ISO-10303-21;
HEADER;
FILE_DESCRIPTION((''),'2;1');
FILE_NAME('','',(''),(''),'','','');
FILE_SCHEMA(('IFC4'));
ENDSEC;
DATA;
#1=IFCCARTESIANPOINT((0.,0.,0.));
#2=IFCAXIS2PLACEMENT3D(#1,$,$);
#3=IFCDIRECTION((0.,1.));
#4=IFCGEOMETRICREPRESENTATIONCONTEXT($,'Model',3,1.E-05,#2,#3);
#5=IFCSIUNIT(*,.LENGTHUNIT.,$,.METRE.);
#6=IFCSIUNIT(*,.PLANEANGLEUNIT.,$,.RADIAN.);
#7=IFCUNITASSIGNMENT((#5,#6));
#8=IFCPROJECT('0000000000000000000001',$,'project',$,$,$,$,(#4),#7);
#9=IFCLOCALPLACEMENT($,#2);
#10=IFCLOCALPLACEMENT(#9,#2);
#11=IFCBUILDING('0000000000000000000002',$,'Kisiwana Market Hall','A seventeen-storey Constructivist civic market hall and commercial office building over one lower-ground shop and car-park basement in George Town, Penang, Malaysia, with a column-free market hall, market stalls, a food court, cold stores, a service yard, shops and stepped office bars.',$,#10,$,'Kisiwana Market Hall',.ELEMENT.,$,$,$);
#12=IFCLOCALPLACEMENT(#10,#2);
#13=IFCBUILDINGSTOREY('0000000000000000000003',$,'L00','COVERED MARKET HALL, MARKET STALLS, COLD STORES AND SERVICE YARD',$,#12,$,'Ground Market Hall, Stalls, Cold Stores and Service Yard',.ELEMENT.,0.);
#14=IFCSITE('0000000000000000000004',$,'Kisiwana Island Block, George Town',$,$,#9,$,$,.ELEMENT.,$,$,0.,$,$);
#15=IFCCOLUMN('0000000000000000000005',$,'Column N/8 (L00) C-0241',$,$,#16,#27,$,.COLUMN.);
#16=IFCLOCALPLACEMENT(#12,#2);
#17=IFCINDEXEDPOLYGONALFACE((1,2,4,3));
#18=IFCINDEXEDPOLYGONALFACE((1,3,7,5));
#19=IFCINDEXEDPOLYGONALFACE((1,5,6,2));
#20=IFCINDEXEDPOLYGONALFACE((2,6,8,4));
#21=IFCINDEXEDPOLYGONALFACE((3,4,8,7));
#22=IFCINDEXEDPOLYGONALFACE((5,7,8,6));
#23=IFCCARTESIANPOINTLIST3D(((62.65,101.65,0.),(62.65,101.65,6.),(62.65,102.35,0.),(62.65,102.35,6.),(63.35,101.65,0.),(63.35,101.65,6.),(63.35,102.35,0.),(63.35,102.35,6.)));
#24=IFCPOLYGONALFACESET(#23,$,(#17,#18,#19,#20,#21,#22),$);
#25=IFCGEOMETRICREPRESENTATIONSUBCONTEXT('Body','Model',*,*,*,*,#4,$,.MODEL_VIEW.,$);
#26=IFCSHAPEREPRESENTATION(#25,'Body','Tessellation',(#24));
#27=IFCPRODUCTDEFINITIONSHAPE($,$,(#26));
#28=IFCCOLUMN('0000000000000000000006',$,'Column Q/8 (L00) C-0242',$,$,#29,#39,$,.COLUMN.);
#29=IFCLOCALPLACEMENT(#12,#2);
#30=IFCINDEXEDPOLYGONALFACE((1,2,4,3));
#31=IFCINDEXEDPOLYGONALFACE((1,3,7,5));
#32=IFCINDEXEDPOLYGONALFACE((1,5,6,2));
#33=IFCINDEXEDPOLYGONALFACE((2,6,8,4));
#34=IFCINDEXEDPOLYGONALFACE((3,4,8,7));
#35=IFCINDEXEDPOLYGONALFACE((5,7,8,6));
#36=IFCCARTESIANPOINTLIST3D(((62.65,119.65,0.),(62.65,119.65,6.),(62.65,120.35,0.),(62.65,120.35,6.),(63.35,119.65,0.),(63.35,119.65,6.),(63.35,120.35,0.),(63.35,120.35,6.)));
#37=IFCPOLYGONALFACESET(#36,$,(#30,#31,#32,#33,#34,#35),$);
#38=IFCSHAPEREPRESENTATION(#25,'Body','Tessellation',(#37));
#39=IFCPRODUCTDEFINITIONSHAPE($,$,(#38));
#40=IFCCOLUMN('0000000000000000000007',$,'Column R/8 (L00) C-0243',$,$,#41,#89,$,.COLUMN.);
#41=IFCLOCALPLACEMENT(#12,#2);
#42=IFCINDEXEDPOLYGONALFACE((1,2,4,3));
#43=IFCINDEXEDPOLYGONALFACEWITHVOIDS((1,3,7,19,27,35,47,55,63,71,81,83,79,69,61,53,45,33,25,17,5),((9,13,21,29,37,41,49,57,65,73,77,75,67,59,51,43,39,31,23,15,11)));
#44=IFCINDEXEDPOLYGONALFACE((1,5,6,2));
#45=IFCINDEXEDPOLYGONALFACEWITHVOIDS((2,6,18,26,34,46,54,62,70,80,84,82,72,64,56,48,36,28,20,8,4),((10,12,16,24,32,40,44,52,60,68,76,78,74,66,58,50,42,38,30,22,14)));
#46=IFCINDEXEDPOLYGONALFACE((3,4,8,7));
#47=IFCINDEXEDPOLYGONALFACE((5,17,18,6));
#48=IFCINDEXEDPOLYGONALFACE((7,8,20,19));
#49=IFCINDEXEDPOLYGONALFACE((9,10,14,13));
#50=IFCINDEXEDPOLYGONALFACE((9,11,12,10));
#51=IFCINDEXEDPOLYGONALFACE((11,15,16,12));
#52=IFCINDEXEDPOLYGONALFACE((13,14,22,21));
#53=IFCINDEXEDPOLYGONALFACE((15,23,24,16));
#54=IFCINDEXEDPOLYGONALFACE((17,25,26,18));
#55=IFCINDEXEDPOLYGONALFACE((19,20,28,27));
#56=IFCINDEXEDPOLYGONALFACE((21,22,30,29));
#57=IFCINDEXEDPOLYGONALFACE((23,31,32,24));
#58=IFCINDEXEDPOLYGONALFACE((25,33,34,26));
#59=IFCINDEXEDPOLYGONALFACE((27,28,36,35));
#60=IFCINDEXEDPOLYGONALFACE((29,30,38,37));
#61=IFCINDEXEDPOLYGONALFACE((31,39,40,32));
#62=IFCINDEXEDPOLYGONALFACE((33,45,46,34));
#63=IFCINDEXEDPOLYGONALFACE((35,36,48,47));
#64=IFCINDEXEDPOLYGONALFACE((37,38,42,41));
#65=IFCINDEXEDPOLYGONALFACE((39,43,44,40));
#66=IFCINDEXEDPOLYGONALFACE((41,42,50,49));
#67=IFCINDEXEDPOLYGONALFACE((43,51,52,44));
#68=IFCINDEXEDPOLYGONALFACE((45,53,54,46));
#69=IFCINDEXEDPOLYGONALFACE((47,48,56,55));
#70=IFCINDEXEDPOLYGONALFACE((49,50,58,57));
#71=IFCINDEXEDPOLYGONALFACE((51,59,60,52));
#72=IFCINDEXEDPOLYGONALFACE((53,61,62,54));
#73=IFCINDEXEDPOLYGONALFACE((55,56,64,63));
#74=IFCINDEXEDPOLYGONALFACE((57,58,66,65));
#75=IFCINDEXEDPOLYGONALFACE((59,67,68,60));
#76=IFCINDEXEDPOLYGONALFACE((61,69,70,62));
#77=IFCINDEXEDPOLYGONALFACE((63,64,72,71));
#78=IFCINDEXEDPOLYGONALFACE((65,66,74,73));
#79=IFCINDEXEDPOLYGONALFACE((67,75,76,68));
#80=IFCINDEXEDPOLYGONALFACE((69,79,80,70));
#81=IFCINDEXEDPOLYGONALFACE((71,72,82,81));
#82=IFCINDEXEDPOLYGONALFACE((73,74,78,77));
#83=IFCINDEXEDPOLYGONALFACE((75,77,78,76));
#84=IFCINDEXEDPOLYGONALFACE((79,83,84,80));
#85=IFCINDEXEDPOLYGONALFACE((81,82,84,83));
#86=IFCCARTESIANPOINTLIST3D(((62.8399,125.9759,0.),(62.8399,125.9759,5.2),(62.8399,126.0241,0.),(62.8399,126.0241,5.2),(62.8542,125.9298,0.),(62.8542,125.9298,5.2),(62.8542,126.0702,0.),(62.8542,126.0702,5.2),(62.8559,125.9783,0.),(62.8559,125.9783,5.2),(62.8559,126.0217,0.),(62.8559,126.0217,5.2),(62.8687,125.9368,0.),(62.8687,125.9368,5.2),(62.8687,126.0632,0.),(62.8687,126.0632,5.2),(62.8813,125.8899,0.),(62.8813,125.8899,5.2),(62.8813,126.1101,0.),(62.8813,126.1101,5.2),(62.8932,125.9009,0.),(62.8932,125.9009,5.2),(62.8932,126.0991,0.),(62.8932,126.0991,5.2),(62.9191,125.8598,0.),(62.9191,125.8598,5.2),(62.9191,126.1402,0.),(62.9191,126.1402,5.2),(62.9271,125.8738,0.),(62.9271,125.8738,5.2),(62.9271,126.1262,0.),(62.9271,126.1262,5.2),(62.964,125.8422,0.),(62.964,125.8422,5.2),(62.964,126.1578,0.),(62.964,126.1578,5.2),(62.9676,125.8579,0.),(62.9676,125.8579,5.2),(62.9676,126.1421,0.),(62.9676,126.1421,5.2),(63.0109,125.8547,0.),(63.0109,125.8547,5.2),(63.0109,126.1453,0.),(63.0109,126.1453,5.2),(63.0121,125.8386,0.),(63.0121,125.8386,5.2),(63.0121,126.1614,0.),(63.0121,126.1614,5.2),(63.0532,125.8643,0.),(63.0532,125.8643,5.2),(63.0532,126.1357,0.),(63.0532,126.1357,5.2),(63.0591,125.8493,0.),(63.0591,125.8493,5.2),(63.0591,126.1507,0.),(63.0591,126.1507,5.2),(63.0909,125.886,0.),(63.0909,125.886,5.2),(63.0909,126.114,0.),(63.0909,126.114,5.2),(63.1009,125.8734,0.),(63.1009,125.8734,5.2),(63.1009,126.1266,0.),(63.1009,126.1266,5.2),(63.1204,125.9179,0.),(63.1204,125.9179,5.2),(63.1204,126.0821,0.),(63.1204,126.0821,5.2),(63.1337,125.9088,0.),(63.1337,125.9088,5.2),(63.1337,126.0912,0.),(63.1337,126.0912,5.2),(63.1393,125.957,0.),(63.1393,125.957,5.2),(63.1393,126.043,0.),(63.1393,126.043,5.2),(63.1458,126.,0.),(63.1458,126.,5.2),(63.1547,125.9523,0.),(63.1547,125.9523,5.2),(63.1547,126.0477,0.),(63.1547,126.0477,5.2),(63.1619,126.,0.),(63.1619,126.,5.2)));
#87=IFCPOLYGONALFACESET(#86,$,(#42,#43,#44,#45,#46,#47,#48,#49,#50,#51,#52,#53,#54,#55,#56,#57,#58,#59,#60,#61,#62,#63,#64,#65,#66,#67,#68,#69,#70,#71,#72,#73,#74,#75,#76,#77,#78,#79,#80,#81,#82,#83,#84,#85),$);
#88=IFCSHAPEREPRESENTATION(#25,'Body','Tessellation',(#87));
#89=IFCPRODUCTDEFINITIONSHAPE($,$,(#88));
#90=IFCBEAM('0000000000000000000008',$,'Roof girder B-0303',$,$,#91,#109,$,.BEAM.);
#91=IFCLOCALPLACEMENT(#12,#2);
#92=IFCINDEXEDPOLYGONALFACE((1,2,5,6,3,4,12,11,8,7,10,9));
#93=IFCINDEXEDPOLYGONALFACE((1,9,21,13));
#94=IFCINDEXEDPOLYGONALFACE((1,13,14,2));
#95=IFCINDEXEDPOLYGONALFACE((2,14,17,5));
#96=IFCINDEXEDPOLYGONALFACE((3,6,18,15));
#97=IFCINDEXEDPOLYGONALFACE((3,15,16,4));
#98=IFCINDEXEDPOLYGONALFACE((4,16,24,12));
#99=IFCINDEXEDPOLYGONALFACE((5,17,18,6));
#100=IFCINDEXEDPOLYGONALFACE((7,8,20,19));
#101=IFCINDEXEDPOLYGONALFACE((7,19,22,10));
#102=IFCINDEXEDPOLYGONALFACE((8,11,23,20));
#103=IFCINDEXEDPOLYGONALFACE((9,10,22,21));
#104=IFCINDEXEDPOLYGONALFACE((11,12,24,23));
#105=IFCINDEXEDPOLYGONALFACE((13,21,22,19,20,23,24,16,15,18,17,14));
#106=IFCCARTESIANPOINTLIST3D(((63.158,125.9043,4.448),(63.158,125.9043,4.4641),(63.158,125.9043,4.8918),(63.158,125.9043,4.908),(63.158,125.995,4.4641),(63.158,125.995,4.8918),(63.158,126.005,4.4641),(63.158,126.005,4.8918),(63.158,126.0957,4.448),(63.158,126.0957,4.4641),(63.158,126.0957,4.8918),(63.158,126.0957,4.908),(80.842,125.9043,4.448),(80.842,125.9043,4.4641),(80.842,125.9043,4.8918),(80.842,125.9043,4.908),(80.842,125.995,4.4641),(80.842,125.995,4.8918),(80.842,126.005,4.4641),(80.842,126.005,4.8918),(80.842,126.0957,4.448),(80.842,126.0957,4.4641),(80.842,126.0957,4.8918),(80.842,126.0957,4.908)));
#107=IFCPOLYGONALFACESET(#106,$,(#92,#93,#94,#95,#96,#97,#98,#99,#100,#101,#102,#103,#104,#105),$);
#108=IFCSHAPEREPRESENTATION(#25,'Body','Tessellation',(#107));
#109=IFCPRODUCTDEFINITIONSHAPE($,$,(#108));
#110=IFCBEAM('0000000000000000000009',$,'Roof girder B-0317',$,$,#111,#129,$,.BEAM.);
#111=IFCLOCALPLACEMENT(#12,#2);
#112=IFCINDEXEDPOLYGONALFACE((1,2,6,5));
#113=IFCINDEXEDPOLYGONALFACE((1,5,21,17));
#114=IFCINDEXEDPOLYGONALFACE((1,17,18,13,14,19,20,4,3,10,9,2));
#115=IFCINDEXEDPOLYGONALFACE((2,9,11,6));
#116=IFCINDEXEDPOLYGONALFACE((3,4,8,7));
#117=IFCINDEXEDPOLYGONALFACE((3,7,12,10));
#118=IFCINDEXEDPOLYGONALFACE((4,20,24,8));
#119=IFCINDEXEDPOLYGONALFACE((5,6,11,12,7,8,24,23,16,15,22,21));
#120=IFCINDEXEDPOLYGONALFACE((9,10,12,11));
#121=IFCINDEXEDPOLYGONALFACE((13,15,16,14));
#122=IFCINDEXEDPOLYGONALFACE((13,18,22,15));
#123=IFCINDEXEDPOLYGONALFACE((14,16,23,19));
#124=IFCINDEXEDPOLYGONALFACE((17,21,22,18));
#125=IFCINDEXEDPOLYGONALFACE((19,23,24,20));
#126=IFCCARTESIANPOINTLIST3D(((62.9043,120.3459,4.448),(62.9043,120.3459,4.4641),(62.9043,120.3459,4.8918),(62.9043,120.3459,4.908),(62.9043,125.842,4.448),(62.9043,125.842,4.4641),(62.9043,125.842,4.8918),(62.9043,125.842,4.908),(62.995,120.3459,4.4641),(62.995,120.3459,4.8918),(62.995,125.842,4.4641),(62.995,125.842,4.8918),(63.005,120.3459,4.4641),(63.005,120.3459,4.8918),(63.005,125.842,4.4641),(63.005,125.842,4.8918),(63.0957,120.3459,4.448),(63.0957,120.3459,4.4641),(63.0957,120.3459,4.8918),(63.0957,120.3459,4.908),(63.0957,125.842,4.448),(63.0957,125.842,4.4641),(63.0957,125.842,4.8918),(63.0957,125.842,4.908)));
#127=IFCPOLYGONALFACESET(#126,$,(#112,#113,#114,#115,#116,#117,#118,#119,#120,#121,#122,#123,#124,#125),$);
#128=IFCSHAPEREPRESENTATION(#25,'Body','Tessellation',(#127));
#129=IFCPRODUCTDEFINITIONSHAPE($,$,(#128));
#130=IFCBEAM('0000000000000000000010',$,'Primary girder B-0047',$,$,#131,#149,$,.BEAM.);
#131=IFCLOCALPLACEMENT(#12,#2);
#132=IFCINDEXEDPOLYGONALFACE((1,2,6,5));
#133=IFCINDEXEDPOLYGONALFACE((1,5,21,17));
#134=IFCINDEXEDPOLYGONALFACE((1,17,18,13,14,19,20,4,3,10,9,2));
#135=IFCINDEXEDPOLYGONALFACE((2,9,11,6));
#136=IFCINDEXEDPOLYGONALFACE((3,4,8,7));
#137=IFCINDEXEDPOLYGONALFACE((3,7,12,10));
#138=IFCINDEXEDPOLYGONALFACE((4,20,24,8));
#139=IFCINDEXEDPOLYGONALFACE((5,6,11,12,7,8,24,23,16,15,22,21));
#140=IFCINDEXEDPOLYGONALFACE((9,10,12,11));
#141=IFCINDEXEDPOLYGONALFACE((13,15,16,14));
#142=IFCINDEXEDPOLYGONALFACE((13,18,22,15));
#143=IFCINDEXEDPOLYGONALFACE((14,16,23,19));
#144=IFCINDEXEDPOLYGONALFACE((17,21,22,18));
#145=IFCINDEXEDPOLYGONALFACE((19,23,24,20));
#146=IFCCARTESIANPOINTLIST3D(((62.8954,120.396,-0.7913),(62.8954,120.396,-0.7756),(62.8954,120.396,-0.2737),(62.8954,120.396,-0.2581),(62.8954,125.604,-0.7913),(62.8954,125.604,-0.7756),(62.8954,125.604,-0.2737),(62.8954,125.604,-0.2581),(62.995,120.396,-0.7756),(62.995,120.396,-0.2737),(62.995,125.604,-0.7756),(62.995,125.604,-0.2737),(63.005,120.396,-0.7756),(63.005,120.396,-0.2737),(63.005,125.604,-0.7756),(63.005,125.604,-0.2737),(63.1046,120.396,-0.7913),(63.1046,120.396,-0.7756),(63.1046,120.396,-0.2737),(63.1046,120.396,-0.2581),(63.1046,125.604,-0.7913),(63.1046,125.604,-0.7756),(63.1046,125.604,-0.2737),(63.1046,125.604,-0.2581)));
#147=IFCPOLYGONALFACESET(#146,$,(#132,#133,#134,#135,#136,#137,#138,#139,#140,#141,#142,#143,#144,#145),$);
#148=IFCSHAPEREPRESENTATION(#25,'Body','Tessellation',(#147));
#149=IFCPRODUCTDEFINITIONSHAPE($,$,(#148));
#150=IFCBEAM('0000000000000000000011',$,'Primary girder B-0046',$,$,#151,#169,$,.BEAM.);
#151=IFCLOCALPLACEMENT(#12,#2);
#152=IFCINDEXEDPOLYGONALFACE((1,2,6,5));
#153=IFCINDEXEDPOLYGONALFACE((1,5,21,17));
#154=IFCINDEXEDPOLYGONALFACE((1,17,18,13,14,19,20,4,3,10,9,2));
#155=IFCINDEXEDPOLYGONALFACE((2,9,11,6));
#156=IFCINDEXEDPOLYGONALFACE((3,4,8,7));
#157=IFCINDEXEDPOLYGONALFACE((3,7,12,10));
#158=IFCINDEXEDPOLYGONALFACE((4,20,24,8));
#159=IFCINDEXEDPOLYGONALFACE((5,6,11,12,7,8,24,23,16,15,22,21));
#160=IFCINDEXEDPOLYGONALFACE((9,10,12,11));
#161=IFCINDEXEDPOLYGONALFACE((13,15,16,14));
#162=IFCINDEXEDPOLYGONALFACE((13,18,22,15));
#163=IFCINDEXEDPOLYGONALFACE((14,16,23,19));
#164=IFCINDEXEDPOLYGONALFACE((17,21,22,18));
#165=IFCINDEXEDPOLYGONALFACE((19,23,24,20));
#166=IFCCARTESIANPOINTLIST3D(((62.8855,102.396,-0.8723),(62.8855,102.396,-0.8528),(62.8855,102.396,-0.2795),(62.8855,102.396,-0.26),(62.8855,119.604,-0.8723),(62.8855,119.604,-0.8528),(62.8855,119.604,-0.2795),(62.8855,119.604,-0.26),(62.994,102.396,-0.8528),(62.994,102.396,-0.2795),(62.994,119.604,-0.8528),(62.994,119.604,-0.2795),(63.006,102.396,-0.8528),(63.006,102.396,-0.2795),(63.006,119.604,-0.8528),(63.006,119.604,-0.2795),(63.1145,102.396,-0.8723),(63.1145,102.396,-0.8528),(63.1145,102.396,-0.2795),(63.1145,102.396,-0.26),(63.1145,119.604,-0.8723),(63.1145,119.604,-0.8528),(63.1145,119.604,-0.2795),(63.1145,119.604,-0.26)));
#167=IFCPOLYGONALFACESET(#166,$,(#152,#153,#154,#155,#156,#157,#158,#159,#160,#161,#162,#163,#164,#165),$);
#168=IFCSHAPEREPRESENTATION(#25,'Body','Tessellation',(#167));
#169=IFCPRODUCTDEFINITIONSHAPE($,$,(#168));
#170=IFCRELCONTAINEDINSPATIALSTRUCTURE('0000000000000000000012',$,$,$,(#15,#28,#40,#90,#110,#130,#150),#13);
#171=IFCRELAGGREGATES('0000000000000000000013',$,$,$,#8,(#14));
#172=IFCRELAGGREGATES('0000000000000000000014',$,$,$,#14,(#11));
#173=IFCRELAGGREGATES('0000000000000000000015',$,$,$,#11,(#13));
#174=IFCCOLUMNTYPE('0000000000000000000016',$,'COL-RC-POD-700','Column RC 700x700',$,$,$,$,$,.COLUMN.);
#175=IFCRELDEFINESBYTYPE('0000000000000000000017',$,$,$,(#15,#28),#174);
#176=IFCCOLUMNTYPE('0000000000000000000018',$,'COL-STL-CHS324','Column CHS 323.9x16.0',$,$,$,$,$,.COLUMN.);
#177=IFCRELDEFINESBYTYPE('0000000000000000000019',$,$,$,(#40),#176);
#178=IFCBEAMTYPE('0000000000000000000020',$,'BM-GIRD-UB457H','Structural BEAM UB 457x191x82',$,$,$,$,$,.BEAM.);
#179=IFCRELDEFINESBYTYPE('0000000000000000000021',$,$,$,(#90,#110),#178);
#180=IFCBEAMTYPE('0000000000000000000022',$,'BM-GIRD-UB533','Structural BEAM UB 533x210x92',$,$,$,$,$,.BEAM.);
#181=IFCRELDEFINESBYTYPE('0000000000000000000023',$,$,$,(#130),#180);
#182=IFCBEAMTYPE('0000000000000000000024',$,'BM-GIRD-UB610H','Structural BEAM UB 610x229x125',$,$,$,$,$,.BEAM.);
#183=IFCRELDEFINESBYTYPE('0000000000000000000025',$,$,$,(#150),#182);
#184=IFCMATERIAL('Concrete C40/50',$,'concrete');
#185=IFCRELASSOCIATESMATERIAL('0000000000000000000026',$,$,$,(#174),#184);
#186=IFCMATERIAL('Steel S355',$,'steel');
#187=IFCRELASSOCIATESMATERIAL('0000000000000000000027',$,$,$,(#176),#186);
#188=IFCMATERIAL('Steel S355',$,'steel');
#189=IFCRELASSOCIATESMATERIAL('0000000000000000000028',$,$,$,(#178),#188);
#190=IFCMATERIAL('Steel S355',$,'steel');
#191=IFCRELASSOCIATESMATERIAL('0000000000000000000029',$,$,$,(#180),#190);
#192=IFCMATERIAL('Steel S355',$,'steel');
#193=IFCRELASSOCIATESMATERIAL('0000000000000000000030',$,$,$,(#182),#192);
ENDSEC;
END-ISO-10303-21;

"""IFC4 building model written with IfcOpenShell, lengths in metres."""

from ifc_helpers import new_model, si_unit, direction, frame, origin, origin_2d, place, context, subcontext, project, spatial, rectangle, hollow_circle, i_section, extrude, material, material_profile, profile_set, type_object, element, save


model = new_model("IFC4")

# Units and contexts
model_context = context("Model", 3, precision=1e-05, world=origin(), true_north=direction((0.0, 1.0)))
body_context = subcontext(model_context, "Body", "Model", "MODEL_VIEW")
ifc_project = project(units=[si_unit("LENGTHUNIT", "METRE"), si_unit("PLANEANGLEUNIT", "RADIAN")], contexts=[model_context])

# Site, building, storey
site_placement = place(None, origin())
site = spatial("IfcSite", under=ifc_project, at=site_placement, Name="Kisiwana Island Block, George Town", CompositionType="ELEMENT", RefElevation=0.0)
building_placement = place(site_placement, origin())
building = spatial("IfcBuilding", under=site, at=building_placement, Name="Kisiwana Market Hall", Description="A seventeen-storey Constructivist civic market hall and commercial office building over one lower-ground shop and car-park basement in George Town, Penang, Malaysia, with a column-free market hall, market stalls, a food court, cold stores, a service yard, shops and stepped office bars.", LongName="Kisiwana Market Hall", CompositionType="ELEMENT")
storey_placement = place(building_placement, origin())
storey = spatial("IfcBuildingStorey", under=building, at=storey_placement, Name="L00", Description="COVERED MARKET HALL, MARKET STALLS, COLD STORES AND SERVICE YARD", LongName="Ground Market Hall, Stalls, Cold Stores and Service Yard", CompositionType="ELEMENT", Elevation=0.0)

# Columns
ifc_material_1 = material(Name="Concrete C40/50", Category="concrete")
ifc_material_profile_1 = material_profile(ifc_material_1, rectangle(XDim=0.7, YDim=0.7, at=origin_2d()), Name="RC 700x700")
ifc_profile_set_1 = profile_set([ifc_material_profile_1], Name="Concrete C40/50")
column_type_1 = type_object("IfcColumnType", Name="COL-RC-POD-700", Description="Column RC 700x700", PredefinedType="COLUMN", material=ifc_profile_set_1)
for number, where, z_axis, x_axis, name in (
    (1, (63.0, 102.0, 0.0), (0.0, 0.0, 1.0), (1.0, 0.0, 0.0), "Column N/8 (L00) C-0241"),
    (2, (63.0, 120.0, 0.0), (0.0, 0.0, 1.0), (1.0, 0.0, 0.0), "Column Q/8 (L00) C-0242"),
):
    element("IfcColumn", number, at=place(storey_placement, frame(where, z_axis=z_axis, x_axis=x_axis)), inside=storey, type_object=column_type_1, Name=name, PredefinedType="COLUMN", context=body_context, shape_type="SweptSolid", body=[
        extrude(rectangle(XDim=0.7, YDim=0.7, at=origin_2d()), origin(), (0.0, 0.0, 1.0), 6.0),
    ])
ifc_material_2 = material(Name="Steel S355", Category="steel")
ifc_material_profile_2 = material_profile(ifc_material_2, hollow_circle(Radius=0.1619, WallThickness=0.0161, at=origin_2d()), Name="CHS 323.9x16.0")
ifc_profile_set_2 = profile_set([ifc_material_profile_2], Name="Steel S355")
column_type_2 = type_object("IfcColumnType", Name="COL-STL-CHS324", Description="Column CHS 323.9x16.0", PredefinedType="COLUMN", material=ifc_profile_set_2)
column_placement = place(storey_placement, frame((63.0, 126.0, 0.0), z_axis=(0.0, 0.0, 1.0), x_axis=(1.0, 0.0, 0.0)))
element("IfcColumn", 3, at=column_placement, inside=storey, type_object=column_type_2, Name="Column R/8 (L00) C-0243", PredefinedType="COLUMN", context=body_context, shape_type="SweptSolid", body=[
    extrude(hollow_circle(Radius=0.1619, WallThickness=0.0161, at=origin_2d()), origin(), (0.0, 0.0, 1.0), 5.2),
])

# Beams
ifc_material_3 = material(Name="Steel S355", Category="steel")
ifc_material_profile_3 = material_profile(ifc_material_3, i_section(OverallWidth=0.1914, OverallDepth=0.46, WebThickness=0.01, FlangeThickness=0.0161, at=origin_2d()), Name="UB 457x191x82")
ifc_profile_set_3 = profile_set([ifc_material_profile_3], Name="Steel S355")
beam_type_1 = type_object("IfcBeamType", Name="BM-GIRD-UB457H", Description="Structural BEAM UB 457x191x82", PredefinedType="BEAM", material=ifc_profile_set_3)
beam_1_placement = place(storey_placement, frame((63.158, 126.0, 4.678), z_axis=(1.0, 0.0, 0.0), x_axis=(0.0, 1.0, 0.0)))
element("IfcBeam", 4, at=beam_1_placement, inside=storey, type_object=beam_type_1, Name="Roof girder B-0303", PredefinedType="BEAM", context=body_context, shape_type="SweptSolid", body=[
    extrude(i_section(OverallWidth=0.1914, OverallDepth=0.46, WebThickness=0.01, FlangeThickness=0.0161, at=origin_2d()), origin(), (0.0, 0.0, 1.0), 17.6841),
])
beam_2_placement = place(storey_placement, frame((63.0, 120.3459, 4.678), z_axis=(0.0, 1.0, 0.0), x_axis=(-1.0, 0.0, 0.0)))
element("IfcBeam", 5, at=beam_2_placement, inside=storey, type_object=beam_type_1, Name="Roof girder B-0317", PredefinedType="BEAM", context=body_context, shape_type="SweptSolid", body=[
    extrude(i_section(OverallWidth=0.1914, OverallDepth=0.46, WebThickness=0.01, FlangeThickness=0.0161, at=origin_2d()), origin(), (0.0, 0.0, 1.0), 5.4961),
])
ifc_material_4 = material(Name="Steel S355", Category="steel")
ifc_material_profile_4 = material_profile(ifc_material_4, i_section(OverallWidth=0.2092, OverallDepth=0.5332, WebThickness=0.01, FlangeThickness=0.0156, at=origin_2d()), Name="UB 533x210x92")
ifc_profile_set_4 = profile_set([ifc_material_profile_4], Name="Steel S355")
beam_type_2 = type_object("IfcBeamType", Name="BM-GIRD-UB533", Description="Structural BEAM UB 533x210x92", PredefinedType="BEAM", material=ifc_profile_set_4)
beam_3_placement = place(storey_placement, frame((63.0, 120.396, -0.5247), z_axis=(0.0, 1.0, 0.0), x_axis=(-1.0, 0.0, 0.0)))
element("IfcBeam", 6, at=beam_3_placement, inside=storey, type_object=beam_type_2, Name="Primary girder B-0047", PredefinedType="BEAM", context=body_context, shape_type="SweptSolid", body=[
    extrude(i_section(OverallWidth=0.2092, OverallDepth=0.5332, WebThickness=0.01, FlangeThickness=0.0156, at=origin_2d()), origin(), (0.0, 0.0, 1.0), 5.208),
])
ifc_material_5 = material(Name="Steel S355", Category="steel")
ifc_material_profile_5 = material_profile(ifc_material_5, i_section(OverallWidth=0.229, OverallDepth=0.6123, WebThickness=0.012, FlangeThickness=0.0195, at=origin_2d()), Name="UB 610x229x125")
ifc_profile_set_5 = profile_set([ifc_material_profile_5], Name="Steel S355")
beam_type_3 = type_object("IfcBeamType", Name="BM-GIRD-UB610H", Description="Structural BEAM UB 610x229x125", PredefinedType="BEAM", material=ifc_profile_set_5)
beam_4_placement = place(storey_placement, frame((63.0, 102.396, -0.5662), z_axis=(0.0, 1.0, 0.0), x_axis=(-1.0, 0.0, 0.0)))
element("IfcBeam", 7, at=beam_4_placement, inside=storey, type_object=beam_type_3, Name="Primary girder B-0046", PredefinedType="BEAM", context=body_context, shape_type="SweptSolid", body=[
    extrude(i_section(OverallWidth=0.229, OverallDepth=0.6123, WebThickness=0.012, FlangeThickness=0.0195, at=origin_2d()), origin(), (0.0, 0.0, 1.0), 17.208),
])

save(model, "model.ifc")
